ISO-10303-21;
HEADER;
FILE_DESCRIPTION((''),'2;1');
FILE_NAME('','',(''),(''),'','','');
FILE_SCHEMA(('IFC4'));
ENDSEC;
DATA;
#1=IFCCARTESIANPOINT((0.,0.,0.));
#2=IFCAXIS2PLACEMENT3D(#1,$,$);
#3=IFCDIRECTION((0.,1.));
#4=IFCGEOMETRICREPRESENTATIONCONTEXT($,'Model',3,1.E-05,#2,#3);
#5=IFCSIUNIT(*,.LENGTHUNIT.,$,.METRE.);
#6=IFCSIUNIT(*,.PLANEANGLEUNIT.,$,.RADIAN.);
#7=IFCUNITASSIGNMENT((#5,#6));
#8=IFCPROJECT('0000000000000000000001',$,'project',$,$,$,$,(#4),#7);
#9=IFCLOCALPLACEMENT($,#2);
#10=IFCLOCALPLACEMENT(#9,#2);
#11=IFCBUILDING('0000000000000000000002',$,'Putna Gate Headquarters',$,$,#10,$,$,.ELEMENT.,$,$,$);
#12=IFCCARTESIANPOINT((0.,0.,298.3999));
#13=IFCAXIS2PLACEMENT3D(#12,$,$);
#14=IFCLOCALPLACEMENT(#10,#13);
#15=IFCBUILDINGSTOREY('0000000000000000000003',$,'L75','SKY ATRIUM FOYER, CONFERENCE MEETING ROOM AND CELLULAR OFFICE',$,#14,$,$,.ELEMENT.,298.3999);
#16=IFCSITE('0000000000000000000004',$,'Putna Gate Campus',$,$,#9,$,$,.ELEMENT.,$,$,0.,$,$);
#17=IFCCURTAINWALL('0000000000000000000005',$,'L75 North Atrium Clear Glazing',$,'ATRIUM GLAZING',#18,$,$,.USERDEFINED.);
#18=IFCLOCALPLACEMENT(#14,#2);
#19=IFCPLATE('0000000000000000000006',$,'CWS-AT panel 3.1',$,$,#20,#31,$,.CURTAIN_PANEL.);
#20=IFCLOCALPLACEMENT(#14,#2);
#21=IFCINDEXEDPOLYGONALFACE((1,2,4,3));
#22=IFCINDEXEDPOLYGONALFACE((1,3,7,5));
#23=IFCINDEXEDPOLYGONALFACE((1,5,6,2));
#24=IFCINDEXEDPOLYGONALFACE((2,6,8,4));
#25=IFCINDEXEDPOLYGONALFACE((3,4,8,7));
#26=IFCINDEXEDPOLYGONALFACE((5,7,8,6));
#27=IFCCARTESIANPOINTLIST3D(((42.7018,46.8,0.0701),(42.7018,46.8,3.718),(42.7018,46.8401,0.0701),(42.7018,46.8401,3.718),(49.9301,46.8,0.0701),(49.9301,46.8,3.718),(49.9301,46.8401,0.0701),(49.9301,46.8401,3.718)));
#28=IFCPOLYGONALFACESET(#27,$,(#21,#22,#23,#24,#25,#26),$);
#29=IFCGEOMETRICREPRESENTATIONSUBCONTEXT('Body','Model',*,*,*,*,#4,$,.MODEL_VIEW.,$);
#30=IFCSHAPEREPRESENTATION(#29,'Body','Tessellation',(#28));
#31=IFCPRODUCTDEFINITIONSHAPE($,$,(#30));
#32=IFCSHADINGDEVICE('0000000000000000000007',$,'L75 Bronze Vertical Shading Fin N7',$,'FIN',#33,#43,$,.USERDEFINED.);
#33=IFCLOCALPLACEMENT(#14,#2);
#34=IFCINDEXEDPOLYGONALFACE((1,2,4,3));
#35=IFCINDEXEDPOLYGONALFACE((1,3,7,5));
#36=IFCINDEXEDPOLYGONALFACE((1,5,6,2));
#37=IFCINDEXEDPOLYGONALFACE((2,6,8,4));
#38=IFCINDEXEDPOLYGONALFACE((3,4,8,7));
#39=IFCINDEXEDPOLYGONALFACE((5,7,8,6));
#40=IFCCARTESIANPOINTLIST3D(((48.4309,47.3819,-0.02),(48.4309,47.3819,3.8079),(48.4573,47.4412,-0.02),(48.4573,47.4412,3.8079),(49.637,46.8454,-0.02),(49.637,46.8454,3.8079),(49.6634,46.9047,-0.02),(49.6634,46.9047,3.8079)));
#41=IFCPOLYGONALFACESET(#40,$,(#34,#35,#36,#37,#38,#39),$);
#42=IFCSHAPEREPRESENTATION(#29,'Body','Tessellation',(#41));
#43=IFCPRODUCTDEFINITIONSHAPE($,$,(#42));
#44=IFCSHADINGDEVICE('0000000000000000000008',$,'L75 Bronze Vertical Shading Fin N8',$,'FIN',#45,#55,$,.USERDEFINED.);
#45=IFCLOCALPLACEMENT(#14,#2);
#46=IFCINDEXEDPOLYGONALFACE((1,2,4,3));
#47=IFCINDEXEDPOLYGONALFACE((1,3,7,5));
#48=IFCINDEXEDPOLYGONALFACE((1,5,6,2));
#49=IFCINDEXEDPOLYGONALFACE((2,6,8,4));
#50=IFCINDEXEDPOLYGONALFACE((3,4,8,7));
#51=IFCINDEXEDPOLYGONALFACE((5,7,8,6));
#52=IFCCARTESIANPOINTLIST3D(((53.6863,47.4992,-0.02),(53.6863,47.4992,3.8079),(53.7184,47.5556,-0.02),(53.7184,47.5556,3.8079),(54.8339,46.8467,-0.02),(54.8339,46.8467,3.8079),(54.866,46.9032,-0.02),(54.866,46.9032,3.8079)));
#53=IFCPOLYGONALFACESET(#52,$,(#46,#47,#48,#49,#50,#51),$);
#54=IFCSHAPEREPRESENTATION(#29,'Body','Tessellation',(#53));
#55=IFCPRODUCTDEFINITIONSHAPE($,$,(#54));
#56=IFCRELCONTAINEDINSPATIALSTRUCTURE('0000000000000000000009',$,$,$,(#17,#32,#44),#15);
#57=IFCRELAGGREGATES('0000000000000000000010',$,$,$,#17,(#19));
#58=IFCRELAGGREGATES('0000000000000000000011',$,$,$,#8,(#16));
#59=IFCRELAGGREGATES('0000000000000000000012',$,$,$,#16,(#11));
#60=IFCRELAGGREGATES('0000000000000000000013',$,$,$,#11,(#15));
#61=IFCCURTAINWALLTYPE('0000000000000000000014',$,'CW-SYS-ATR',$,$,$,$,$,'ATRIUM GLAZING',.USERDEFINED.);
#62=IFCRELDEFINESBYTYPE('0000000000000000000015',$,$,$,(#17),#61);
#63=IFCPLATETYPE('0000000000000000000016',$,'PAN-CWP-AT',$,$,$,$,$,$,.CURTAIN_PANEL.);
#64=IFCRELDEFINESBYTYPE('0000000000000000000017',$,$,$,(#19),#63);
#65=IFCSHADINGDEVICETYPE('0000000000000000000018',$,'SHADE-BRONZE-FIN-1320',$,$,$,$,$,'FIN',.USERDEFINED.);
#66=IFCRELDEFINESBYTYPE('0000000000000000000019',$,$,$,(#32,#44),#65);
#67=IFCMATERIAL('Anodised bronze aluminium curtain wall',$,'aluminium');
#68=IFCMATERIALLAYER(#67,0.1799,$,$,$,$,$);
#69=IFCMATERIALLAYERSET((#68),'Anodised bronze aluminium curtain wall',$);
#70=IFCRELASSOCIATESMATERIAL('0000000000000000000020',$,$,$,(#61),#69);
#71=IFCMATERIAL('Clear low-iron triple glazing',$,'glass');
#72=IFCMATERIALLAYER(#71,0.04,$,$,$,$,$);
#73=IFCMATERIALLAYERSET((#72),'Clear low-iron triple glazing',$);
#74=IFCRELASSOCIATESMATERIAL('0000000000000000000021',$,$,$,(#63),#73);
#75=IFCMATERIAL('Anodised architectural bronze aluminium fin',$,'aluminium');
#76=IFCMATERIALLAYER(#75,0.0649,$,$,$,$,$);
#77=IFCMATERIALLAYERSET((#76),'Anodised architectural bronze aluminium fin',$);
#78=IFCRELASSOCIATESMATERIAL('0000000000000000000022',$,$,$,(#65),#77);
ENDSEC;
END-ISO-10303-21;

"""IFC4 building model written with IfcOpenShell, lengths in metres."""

from ifc_helpers import new_model, si_unit, direction, frame, origin, origin_2d, place, context, subcontext, project, spatial, rectangle, extrude, material, layer, layer_set, type_object, element, aggregate, save


model = new_model("IFC4")

# Units and contexts
model_context = context("Model", 3, precision=1e-05, world=origin(), true_north=direction((0.0, 1.0)))
body_context = subcontext(model_context, "Body", "Model", "MODEL_VIEW")
ifc_project = project(units=[si_unit("LENGTHUNIT", "METRE"), si_unit("PLANEANGLEUNIT", "RADIAN")], contexts=[model_context])

# Site, building, storey
site_placement = place(None, origin())
site = spatial("IfcSite", under=ifc_project, at=site_placement, Name="Putna Gate Campus", CompositionType="ELEMENT", RefElevation=0.0)
building_placement = place(site_placement, origin())
building = spatial("IfcBuilding", under=site, at=building_placement, Name="Putna Gate Headquarters", CompositionType="ELEMENT")
storey_placement = place(building_placement, frame((0.0, 0.0, 298.3999)))
storey = spatial("IfcBuildingStorey", under=building, at=storey_placement, Name="L75", Description="SKY ATRIUM FOYER, CONFERENCE MEETING ROOM AND CELLULAR OFFICE", CompositionType="ELEMENT", Elevation=298.3999)

# Shared definitions
ifc_material_1 = material(Name="Anodised bronze aluminium curtain wall", Category="aluminium")

# Curtain wall
ifc_layer_1 = layer(ifc_material_1, 0.1799)
ifc_layer_set_1 = layer_set([ifc_layer_1], Name="Anodised bronze aluminium curtain wall")
curtain_wall_type_1 = type_object("IfcCurtainWallType", Name="CW-SYS-ATR", ElementType="ATRIUM GLAZING", PredefinedType="USERDEFINED", material=ifc_layer_set_1)
curtain_wall_1_placement = place(storey_placement, origin())
curtain_wall_1 = element("IfcCurtainWall", 1, at=curtain_wall_1_placement, inside=storey, type_object=curtain_wall_type_1, Name="L75 North Atrium Clear Glazing", ObjectType="ATRIUM GLAZING", PredefinedType="USERDEFINED")

# Plate
ifc_material_2 = material(Name="Clear low-iron triple glazing", Category="glass")
ifc_layer_2 = layer(ifc_material_2, 0.04)
ifc_layer_set_2 = layer_set([ifc_layer_2], Name="Clear low-iron triple glazing")
plate_type_1 = type_object("IfcPlateType", Name="PAN-CWP-AT", PredefinedType="CURTAIN_PANEL", material=ifc_layer_set_2)
plate_1_placement = place(storey_placement, frame((46.3159, 46.8201, 0.0701), z_axis=(0.0, 0.0, 1.0), x_axis=(1.0, 0.0, 0.0)))
plate_1 = element("IfcPlate", 2, at=plate_1_placement, type_object=plate_type_1, Name="CWS-AT panel 3.1", PredefinedType="CURTAIN_PANEL", context=body_context, shape_type="SweptSolid", body=[
    extrude(rectangle(XDim=7.2283, YDim=0.04, at=origin_2d()), origin(), (0.0, 0.0, 1.0), 3.6479),
])
aggregate(curtain_wall_1, [plate_1])

# Shading devices
ifc_material_3 = material(Name="Anodised architectural bronze aluminium fin", Category="aluminium")
ifc_layer_3 = layer(ifc_material_3, 0.0649)
ifc_layer_set_3 = layer_set([ifc_layer_3], Name="Anodised architectural bronze aluminium fin")
shading_device_type = type_object("IfcShadingDeviceType", Name="SHADE-BRONZE-FIN-1320", ElementType="FIN", PredefinedType="USERDEFINED", material=ifc_layer_set_3)
for number, where, z_axis, x_axis, name in (
    (3, (49.0471, 47.1433, -0.02), (0.0, 0.0, 1.0), (-0.913687, 0.406418, 0.0), "L75 Bronze Vertical Shading Fin N7"),
    (4, (54.2761, 47.2012, -0.02), (0.0, 0.0, 1.0), (-0.869322, 0.494245, 0.0), "L75 Bronze Vertical Shading Fin N8"),
):
    element("IfcShadingDevice", number, at=place(storey_placement, frame(where, z_axis=z_axis, x_axis=x_axis)), inside=storey, type_object=shading_device_type, Name=name, ObjectType="FIN", PredefinedType="USERDEFINED", context=body_context, shape_type="SweptSolid", body=[
        extrude(rectangle(XDim=1.3201, YDim=0.0649, at=origin_2d()), origin(), (0.0, 0.0, 1.0), 3.8279),
    ])

save(model, "model.ifc")
